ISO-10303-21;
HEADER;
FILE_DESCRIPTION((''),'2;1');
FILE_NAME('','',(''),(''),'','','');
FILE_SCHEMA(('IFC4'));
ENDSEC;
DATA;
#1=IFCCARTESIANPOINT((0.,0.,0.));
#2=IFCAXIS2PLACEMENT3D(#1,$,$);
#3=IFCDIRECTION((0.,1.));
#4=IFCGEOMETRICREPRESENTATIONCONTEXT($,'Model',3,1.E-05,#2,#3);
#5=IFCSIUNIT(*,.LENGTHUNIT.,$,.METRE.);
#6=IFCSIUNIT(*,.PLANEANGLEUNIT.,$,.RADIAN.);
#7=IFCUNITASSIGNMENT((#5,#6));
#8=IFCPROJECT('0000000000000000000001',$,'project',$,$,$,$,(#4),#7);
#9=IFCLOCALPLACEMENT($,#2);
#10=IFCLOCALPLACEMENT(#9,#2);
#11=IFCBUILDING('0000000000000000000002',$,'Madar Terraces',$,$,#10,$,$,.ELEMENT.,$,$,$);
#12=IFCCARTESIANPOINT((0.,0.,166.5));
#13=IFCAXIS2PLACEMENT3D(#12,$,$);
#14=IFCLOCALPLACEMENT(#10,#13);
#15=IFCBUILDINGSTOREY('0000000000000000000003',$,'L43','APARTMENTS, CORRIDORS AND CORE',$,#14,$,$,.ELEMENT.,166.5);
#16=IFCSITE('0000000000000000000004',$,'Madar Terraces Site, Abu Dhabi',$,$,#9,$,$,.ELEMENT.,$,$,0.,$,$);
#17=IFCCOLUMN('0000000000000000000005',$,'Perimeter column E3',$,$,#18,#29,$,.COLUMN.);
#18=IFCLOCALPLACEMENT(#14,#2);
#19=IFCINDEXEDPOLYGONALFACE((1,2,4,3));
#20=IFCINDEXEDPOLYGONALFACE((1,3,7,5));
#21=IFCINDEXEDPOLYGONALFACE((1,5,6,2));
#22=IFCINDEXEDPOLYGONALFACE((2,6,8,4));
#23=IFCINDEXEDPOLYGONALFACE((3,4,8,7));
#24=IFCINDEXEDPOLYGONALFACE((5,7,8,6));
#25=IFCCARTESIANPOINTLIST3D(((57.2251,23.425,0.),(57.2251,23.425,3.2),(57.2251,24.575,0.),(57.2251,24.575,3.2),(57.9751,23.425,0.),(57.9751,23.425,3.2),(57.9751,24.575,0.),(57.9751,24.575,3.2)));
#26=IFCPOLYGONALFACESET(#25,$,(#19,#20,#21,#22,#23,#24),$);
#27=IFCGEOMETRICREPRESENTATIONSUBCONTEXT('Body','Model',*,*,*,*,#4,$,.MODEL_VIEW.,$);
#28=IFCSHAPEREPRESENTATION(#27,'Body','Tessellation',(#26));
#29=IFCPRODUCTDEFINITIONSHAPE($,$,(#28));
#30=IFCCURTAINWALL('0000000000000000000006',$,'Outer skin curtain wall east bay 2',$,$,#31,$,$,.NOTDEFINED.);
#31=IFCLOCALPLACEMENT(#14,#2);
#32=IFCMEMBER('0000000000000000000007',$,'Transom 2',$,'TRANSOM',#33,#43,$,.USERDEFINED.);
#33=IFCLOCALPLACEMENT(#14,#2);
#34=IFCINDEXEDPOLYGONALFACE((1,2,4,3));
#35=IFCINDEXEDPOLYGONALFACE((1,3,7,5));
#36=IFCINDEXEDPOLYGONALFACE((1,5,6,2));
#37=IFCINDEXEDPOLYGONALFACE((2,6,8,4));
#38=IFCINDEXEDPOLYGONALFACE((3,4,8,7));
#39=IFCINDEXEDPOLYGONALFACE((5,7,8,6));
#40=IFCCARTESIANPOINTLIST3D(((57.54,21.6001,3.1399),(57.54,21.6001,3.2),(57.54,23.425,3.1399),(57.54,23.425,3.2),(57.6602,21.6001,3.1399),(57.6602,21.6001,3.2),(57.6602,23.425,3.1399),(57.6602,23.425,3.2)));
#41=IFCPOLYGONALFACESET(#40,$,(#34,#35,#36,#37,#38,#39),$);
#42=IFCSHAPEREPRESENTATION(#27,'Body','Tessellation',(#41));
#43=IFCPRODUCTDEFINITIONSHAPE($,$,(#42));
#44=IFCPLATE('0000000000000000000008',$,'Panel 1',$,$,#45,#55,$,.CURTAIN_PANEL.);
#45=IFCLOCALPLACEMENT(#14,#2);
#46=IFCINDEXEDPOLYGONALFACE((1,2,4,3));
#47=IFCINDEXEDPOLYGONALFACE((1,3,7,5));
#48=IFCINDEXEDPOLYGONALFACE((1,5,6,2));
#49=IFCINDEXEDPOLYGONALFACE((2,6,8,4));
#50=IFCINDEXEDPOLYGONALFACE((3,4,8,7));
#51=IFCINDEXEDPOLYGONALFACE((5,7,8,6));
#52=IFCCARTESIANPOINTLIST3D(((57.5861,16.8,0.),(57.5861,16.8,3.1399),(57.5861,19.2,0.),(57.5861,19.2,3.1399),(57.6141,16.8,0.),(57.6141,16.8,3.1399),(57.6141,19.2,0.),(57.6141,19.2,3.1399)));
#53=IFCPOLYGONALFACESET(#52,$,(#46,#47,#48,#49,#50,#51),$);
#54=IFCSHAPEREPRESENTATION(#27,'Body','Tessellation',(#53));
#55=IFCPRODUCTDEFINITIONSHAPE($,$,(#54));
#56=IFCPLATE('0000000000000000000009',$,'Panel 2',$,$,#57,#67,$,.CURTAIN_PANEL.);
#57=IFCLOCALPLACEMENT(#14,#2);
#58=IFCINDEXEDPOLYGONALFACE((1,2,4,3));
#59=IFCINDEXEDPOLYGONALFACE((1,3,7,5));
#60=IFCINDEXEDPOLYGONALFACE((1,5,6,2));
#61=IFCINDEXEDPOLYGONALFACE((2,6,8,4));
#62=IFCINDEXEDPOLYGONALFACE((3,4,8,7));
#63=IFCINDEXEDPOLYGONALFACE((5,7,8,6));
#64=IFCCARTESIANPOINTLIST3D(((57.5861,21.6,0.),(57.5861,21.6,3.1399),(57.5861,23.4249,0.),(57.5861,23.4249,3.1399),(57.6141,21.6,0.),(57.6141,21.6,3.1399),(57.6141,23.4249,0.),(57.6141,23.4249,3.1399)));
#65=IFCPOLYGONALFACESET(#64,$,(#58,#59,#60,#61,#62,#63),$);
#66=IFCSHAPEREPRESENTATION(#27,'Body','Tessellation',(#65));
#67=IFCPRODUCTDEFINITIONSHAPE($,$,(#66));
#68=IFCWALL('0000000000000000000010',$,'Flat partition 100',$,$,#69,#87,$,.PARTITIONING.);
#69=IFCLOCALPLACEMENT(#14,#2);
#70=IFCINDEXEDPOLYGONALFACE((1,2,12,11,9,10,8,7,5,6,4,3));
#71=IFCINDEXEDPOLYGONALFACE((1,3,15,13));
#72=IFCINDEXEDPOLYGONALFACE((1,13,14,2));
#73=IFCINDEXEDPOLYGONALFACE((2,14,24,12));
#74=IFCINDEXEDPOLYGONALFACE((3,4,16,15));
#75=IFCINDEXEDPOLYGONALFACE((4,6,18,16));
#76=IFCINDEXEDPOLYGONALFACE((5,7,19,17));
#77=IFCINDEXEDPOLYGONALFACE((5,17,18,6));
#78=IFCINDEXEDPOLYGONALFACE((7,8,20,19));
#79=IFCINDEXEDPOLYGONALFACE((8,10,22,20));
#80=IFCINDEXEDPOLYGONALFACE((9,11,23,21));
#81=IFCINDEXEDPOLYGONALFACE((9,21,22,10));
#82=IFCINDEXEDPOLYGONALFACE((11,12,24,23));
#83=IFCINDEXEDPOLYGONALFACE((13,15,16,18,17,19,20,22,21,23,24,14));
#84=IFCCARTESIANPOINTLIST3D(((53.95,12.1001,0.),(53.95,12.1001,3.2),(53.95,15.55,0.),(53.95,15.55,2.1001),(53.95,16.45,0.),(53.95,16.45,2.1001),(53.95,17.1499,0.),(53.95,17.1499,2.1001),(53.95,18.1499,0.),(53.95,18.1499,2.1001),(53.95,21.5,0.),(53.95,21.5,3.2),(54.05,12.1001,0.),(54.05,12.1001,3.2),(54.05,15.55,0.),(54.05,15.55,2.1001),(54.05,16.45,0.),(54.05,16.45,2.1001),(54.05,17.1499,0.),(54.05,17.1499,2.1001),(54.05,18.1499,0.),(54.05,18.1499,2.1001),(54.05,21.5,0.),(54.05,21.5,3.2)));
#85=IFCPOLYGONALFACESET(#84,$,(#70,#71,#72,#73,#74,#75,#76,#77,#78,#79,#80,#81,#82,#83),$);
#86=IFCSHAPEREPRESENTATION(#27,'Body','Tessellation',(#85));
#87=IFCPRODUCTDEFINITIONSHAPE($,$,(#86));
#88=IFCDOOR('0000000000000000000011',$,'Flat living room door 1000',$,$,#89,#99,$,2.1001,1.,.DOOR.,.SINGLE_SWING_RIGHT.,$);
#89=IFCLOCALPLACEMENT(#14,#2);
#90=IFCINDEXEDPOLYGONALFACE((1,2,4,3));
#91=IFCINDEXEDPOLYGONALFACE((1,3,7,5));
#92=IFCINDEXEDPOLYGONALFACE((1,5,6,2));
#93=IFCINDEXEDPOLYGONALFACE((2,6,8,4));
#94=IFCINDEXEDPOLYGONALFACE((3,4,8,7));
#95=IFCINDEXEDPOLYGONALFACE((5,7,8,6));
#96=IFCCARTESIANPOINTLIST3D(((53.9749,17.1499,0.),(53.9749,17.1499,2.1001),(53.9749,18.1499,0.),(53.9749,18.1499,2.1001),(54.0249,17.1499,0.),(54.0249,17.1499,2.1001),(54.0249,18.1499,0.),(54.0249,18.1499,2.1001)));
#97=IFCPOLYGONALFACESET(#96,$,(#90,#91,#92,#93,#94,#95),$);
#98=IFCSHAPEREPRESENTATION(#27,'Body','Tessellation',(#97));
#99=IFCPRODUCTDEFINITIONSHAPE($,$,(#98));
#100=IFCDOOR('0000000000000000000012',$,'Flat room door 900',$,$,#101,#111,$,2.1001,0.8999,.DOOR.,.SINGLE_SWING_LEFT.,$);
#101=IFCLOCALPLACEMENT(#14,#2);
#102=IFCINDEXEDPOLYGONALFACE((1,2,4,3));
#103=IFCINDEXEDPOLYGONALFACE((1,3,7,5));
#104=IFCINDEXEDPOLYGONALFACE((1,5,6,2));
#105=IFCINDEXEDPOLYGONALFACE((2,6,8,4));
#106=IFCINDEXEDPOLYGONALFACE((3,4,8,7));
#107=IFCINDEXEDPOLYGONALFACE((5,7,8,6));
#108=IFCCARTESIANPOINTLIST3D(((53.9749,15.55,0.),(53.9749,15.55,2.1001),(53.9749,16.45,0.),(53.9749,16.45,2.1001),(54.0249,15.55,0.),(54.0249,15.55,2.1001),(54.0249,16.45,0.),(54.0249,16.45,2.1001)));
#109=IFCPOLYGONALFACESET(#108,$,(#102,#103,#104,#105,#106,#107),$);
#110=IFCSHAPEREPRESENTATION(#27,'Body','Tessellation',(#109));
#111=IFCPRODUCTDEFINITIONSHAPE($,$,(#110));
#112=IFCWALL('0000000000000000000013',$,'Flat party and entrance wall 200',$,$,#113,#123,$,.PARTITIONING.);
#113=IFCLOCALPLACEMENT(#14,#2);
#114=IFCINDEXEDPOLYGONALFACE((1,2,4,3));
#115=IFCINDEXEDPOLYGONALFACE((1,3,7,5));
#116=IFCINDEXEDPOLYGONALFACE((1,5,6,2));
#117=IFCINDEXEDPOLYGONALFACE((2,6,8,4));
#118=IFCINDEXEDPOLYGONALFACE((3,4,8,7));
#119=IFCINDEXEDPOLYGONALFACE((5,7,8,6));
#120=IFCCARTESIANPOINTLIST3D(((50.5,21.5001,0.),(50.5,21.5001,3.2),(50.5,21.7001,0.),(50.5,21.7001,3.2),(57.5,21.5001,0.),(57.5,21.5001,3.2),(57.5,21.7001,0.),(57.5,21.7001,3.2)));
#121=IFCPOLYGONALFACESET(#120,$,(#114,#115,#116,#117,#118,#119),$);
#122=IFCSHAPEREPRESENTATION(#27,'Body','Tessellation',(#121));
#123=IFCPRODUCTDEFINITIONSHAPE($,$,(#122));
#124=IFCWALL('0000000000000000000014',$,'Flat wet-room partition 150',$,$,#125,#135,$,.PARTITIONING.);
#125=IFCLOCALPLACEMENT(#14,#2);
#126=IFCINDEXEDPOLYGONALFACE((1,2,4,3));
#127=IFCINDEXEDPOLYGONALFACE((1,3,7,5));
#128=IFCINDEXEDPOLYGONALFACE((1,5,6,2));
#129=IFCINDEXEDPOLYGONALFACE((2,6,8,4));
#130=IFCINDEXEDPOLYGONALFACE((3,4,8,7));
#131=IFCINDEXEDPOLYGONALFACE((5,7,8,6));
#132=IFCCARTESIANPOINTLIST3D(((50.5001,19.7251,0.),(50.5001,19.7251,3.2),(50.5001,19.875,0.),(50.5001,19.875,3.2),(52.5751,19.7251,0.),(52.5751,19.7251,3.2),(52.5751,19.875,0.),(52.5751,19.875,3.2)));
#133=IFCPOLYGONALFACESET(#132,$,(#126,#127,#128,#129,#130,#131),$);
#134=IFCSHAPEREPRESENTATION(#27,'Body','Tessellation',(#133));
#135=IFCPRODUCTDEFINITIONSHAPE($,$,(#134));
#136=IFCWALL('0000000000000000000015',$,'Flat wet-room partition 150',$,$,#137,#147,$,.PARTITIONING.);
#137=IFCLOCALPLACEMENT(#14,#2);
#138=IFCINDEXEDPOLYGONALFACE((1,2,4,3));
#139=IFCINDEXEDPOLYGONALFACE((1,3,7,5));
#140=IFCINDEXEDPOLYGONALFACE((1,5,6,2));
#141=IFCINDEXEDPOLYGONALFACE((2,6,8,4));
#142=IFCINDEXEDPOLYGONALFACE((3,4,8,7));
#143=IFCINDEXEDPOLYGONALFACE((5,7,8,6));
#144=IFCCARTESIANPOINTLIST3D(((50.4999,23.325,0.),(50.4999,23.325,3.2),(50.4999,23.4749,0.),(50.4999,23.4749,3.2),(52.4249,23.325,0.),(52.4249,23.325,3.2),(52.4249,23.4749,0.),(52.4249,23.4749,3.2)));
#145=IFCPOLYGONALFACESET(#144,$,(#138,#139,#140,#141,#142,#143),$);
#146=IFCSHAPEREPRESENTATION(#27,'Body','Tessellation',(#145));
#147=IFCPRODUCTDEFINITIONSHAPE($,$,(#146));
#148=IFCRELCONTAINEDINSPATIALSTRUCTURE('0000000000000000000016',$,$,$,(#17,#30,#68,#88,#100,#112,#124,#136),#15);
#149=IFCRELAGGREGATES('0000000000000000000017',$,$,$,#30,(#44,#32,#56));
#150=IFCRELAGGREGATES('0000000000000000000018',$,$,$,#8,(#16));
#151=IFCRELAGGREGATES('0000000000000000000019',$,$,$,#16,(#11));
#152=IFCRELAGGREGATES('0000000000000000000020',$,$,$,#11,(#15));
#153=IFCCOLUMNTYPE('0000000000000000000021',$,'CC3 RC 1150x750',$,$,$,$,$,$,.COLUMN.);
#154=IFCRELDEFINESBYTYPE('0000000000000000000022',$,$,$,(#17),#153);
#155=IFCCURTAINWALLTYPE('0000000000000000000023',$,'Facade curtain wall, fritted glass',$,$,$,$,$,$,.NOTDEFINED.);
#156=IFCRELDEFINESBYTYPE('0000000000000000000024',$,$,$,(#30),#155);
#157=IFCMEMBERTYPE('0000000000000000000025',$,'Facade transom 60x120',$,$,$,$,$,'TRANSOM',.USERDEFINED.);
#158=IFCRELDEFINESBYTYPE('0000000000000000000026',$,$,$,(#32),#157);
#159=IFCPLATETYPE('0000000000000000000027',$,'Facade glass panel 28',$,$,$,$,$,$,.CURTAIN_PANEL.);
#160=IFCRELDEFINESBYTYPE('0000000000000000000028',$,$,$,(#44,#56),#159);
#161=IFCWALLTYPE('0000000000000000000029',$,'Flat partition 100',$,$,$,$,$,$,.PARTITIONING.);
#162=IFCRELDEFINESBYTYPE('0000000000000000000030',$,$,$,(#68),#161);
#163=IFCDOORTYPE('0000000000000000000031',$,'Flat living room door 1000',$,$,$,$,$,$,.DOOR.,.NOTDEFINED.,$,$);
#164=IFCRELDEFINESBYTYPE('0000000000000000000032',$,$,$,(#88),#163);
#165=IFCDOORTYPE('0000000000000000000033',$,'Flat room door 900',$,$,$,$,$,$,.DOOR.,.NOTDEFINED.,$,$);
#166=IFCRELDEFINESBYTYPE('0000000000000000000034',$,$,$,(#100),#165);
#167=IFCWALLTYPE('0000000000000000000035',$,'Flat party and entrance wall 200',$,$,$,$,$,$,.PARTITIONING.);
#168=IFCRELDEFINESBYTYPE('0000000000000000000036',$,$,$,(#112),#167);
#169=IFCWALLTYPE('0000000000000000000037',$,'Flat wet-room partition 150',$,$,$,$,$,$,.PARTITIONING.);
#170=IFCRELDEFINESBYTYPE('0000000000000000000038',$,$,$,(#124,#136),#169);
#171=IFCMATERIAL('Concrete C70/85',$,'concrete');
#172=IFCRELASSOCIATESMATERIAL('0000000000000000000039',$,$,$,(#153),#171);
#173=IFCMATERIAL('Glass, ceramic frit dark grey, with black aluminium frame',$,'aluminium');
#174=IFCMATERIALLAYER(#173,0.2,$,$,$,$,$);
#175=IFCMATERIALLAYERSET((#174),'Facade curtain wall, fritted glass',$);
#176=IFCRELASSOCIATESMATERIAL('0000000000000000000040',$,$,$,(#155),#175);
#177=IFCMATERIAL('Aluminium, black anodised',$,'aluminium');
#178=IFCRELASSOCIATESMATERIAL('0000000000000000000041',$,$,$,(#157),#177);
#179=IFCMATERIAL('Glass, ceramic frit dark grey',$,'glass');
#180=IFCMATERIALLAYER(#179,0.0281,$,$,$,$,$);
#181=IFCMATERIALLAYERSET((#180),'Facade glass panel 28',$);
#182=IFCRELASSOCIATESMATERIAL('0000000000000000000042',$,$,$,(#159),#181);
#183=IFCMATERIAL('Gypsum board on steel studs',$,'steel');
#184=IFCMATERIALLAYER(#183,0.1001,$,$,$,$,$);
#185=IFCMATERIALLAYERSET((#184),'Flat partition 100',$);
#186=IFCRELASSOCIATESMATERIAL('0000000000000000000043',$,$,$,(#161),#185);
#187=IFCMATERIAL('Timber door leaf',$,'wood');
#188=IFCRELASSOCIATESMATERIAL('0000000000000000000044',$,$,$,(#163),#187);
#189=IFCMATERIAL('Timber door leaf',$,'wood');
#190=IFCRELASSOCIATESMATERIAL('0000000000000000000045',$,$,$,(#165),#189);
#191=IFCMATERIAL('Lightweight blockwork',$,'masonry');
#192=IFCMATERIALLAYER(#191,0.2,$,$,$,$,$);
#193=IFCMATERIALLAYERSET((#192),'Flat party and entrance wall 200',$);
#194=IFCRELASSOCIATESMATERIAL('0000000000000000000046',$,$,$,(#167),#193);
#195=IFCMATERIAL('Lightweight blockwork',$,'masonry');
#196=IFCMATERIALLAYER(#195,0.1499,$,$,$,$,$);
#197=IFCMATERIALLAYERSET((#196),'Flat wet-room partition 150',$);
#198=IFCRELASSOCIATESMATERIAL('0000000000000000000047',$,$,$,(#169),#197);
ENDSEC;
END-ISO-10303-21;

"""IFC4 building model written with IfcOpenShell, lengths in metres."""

from ifc_helpers import new_model, si_unit, direction, frame, frame_2d, origin, origin_2d, place, context, subcontext, project, spatial, rectangle, extrude, material, layer, layer_set, material_profile, profile_set, type_object, element, fill, aggregate, save


model = new_model("IFC4")

# Units and contexts
model_context = context("Model", 3, precision=1e-05, world=origin(), true_north=direction((0.0, 1.0)))
body_context = subcontext(model_context, "Body", "Model", "MODEL_VIEW")
ifc_project = project(units=[si_unit("LENGTHUNIT", "METRE"), si_unit("PLANEANGLEUNIT", "RADIAN")], contexts=[model_context])

# Site, building, storey
site_placement = place(None, origin())
site = spatial("IfcSite", under=ifc_project, at=site_placement, Name="Madar Terraces Site, Abu Dhabi", CompositionType="ELEMENT", RefElevation=0.0)
building_placement = place(site_placement, origin())
building = spatial("IfcBuilding", under=site, at=building_placement, Name="Madar Terraces", CompositionType="ELEMENT")
storey_placement = place(building_placement, frame((0.0, 0.0, 166.5)))
storey = spatial("IfcBuildingStorey", under=building, at=storey_placement, Name="L43", Description="APARTMENTS, CORRIDORS AND CORE", CompositionType="ELEMENT", Elevation=166.5)

# Column
ifc_material_1 = material(Name="Concrete C70/85", Category="concrete")
ifc_material_profile_1 = material_profile(ifc_material_1, rectangle(XDim=1.1499, YDim=0.75, at=origin_2d()), Name="CC3 RC 1150x750")
ifc_profile_set_1 = profile_set([ifc_material_profile_1], Name="Concrete C70/85")
column_type = type_object("IfcColumnType", Name="CC3 RC 1150x750", PredefinedType="COLUMN", material=ifc_profile_set_1)
column_placement = place(storey_placement, frame((57.6001, 24.0, 0.0), z_axis=(0.0, 0.0, 1.0), x_axis=(0.0, 1.0, 0.0)))
element("IfcColumn", 1, at=column_placement, inside=storey, type_object=column_type, Name="Perimeter column E3", PredefinedType="COLUMN", context=body_context, shape_type="SweptSolid", body=[
    extrude(rectangle(XDim=1.1499, YDim=0.75, at=origin_2d()), origin(), (0.0, 0.0, 1.0), 3.2),
])

# Curtain wall, member, plates
ifc_material_2 = material(Name="Glass, ceramic frit dark grey, with black aluminium frame", Category="aluminium")
ifc_layer_1 = layer(ifc_material_2, 0.2)
ifc_layer_set_1 = layer_set([ifc_layer_1], Name="Facade curtain wall, fritted glass")
curtain_wall_type = type_object("IfcCurtainWallType", Name="Facade curtain wall, fritted glass", PredefinedType="NOTDEFINED", material=ifc_layer_set_1)
curtain_wall_placement = place(storey_placement, origin())
curtain_wall = element("IfcCurtainWall", 2, at=curtain_wall_placement, inside=storey, type_object=curtain_wall_type, Name="Outer skin curtain wall east bay 2", PredefinedType="NOTDEFINED")
ifc_material_3 = material(Name="Aluminium, black anodised", Category="aluminium")
ifc_material_profile_2 = material_profile(ifc_material_3, rectangle(XDim=0.1201, YDim=0.0601, at=origin_2d()), Name="Facade transom 60x120")
ifc_profile_set_2 = profile_set([ifc_material_profile_2], Name="Aluminium, black anodised")
member_type = type_object("IfcMemberType", Name="Facade transom 60x120", ElementType="TRANSOM", PredefinedType="USERDEFINED", material=ifc_profile_set_2)
member_placement = place(storey_placement, frame((57.6001, 21.6001, 3.1699), z_axis=(0.0, 1.0, 0.0), x_axis=(-1.0, 0.0, 0.0)))
member = element("IfcMember", 3, at=member_placement, type_object=member_type, Name="Transom 2", ObjectType="TRANSOM", PredefinedType="USERDEFINED", context=body_context, shape_type="SweptSolid", body=[
    extrude(rectangle(XDim=0.1201, YDim=0.0601, at=origin_2d()), origin(), (0.0, 0.0, 1.0), 1.825),
])
ifc_material_4 = material(Name="Glass, ceramic frit dark grey", Category="glass")
ifc_layer_2 = layer(ifc_material_4, 0.0281)
ifc_layer_set_2 = layer_set([ifc_layer_2], Name="Facade glass panel 28")
plate_type = type_object("IfcPlateType", Name="Facade glass panel 28", PredefinedType="CURTAIN_PANEL", material=ifc_layer_set_2)
plate_1_placement = place(storey_placement, frame((57.6001, 18.0, 0.0), z_axis=(0.0, 0.0, 1.0), x_axis=(0.0, 1.0, 0.0)))
plate_1 = element("IfcPlate", 4, at=plate_1_placement, type_object=plate_type, Name="Panel 1", PredefinedType="CURTAIN_PANEL", context=body_context, shape_type="SweptSolid", body=[
    extrude(rectangle(XDim=2.3999, YDim=0.0281, at=origin_2d()), origin(), (0.0, 0.0, 1.0), 3.1399),
])
plate_2_placement = place(storey_placement, frame((57.6001, 22.5125, 0.0), z_axis=(0.0, 0.0, 1.0), x_axis=(0.0, 1.0, 0.0)))
plate_2 = element("IfcPlate", 5, at=plate_2_placement, type_object=plate_type, Name="Panel 2", PredefinedType="CURTAIN_PANEL", context=body_context, shape_type="SweptSolid", body=[
    extrude(rectangle(XDim=1.825, YDim=0.0281, at=origin_2d()), origin(), (0.0, 0.0, 1.0), 3.1399),
])
aggregate(curtain_wall, [plate_1, member, plate_2])

# Wall, openings, doors
ifc_material_5 = material(Name="Gypsum board on steel studs", Category="steel")
ifc_layer_3 = layer(ifc_material_5, 0.1001)
ifc_layer_set_3 = layer_set([ifc_layer_3], Name="Flat partition 100")
wall_type_1 = type_object("IfcWallType", Name="Flat partition 100", PredefinedType="PARTITIONING", material=ifc_layer_set_3)
wall_1_placement = place(storey_placement, frame((54.0, 21.5, 0.0), z_axis=(0.0, 0.0, 1.0), x_axis=(0.0, -1.0, 0.0)))
wall_1 = element("IfcWall", 6, at=wall_1_placement, inside=storey, type_object=wall_type_1, Name="Flat partition 100", PredefinedType="PARTITIONING", context=body_context, shape_type="SweptSolid", body=[
    extrude(rectangle(XDim=9.3999, YDim=0.1001, at=frame_2d((4.7, 0.0))), origin(), (0.0, 0.0, 1.0), 3.2),
])
opening_1_placement = place(wall_1_placement, frame((3.3501, 0.0, 0.0)))
opening_1 = element("IfcOpeningElement", 7, at=opening_1_placement, cuts=wall_1, PredefinedType="OPENING", context=body_context, shape_type="SweptSolid", body=[
    extrude(rectangle(XDim=1.0, YDim=2.1001, at=frame_2d((0.5, 1.05))), frame((0.0, 0.0601, 0.0), z_axis=(0.0, -1.0, 0.0), x_axis=(1.0, 0.0, 0.0)), (0.0, 0.0, 1.0), 0.1201),
])
opening_2_placement = place(wall_1_placement, frame((5.05, 0.0, 0.0)))
opening_2 = element("IfcOpeningElement", 8, at=opening_2_placement, cuts=wall_1, PredefinedType="OPENING", context=body_context, shape_type="SweptSolid", body=[
    extrude(rectangle(XDim=0.8999, YDim=2.1001, at=frame_2d((0.45, 1.05))), frame((0.0, 0.0601, 0.0), z_axis=(0.0, -1.0, 0.0), x_axis=(1.0, 0.0, 0.0)), (0.0, 0.0, 1.0), 0.1201),
])
ifc_material_6 = material(Name="Timber door leaf", Category="wood")
door_type_1 = type_object("IfcDoorType", Name="Flat living room door 1000", OperationType="NOTDEFINED", PredefinedType="DOOR", material=ifc_material_6)
door_1_placement = place(opening_1_placement, origin())
door_1 = element("IfcDoor", 9, at=door_1_placement, inside=storey, type_object=door_type_1, Name="Flat living room door 1000", OperationType="SINGLE_SWING_RIGHT", OverallHeight=2.1001, OverallWidth=1.0, PredefinedType="DOOR", context=body_context, shape_type="SweptSolid", body=[
    extrude(rectangle(XDim=1.0, YDim=2.1001, at=frame_2d((0.5, 1.05))), frame((0.0, 0.0249, 0.0), z_axis=(0.0, -1.0, 0.0), x_axis=(1.0, 0.0, 0.0)), (0.0, 0.0, 1.0), 0.05),
])
fill(opening_1, door_1)
ifc_material_7 = material(Name="Timber door leaf", Category="wood")
door_type_2 = type_object("IfcDoorType", Name="Flat room door 900", OperationType="NOTDEFINED", PredefinedType="DOOR", material=ifc_material_7)
door_2_placement = place(opening_2_placement, origin())
door_2 = element("IfcDoor", 10, at=door_2_placement, inside=storey, type_object=door_type_2, Name="Flat room door 900", OperationType="SINGLE_SWING_LEFT", OverallHeight=2.1001, OverallWidth=0.8999, PredefinedType="DOOR", context=body_context, shape_type="SweptSolid", body=[
    extrude(rectangle(XDim=0.8999, YDim=2.1001, at=frame_2d((0.45, 1.05))), frame((0.0, 0.0249, 0.0), z_axis=(0.0, -1.0, 0.0), x_axis=(1.0, 0.0, 0.0)), (0.0, 0.0, 1.0), 0.05),
])
fill(opening_2, door_2)

# Walls
ifc_material_8 = material(Name="Lightweight blockwork", Category="masonry")
ifc_layer_4 = layer(ifc_material_8, 0.2)
ifc_layer_set_4 = layer_set([ifc_layer_4], Name="Flat party and entrance wall 200")
wall_type_2 = type_object("IfcWallType", Name="Flat party and entrance wall 200", PredefinedType="PARTITIONING", material=ifc_layer_set_4)
wall_2_placement = place(storey_placement, frame((50.5, 21.6001, 0.0), z_axis=(0.0, 0.0, 1.0), x_axis=(1.0, 0.0, 0.0)))
element("IfcWall", 11, at=wall_2_placement, inside=storey, type_object=wall_type_2, Name="Flat party and entrance wall 200", PredefinedType="PARTITIONING", context=body_context, shape_type="SweptSolid", body=[
    extrude(rectangle(XDim=7.0, YDim=0.2, at=frame_2d((3.5, 0.0))), origin(), (0.0, 0.0, 1.0), 3.2),
])
ifc_material_9 = material(Name="Lightweight blockwork", Category="masonry")
ifc_layer_5 = layer(ifc_material_9, 0.1499)
ifc_layer_set_5 = layer_set([ifc_layer_5], Name="Flat wet-room partition 150")
wall_type_3 = type_object("IfcWallType", Name="Flat wet-room partition 150", PredefinedType="PARTITIONING", material=ifc_layer_set_5)
wall_3_placement = place(storey_placement, frame((50.5, 19.8, 0.0), z_axis=(0.0, 0.0, 1.0), x_axis=(1.0, 0.0, 0.0)))
element("IfcWall", 12, at=wall_3_placement, inside=storey, type_object=wall_type_3, Name="Flat wet-room partition 150", PredefinedType="PARTITIONING", context=body_context, shape_type="SweptSolid", body=[
    extrude(rectangle(XDim=2.075, YDim=0.1499, at=frame_2d((1.0376, 0.0))), origin(), (0.0, 0.0, 1.0), 3.2),
])
wall_4_placement = place(storey_placement, frame((50.5, 23.3999, 0.0), z_axis=(0.0, 0.0, 1.0), x_axis=(1.0, 0.0, 0.0)))
element("IfcWall", 13, at=wall_4_placement, inside=storey, type_object=wall_type_3, Name="Flat wet-room partition 150", PredefinedType="PARTITIONING", context=body_context, shape_type="SweptSolid", body=[
    extrude(rectangle(XDim=1.925, YDim=0.1499, at=frame_2d((0.9624, 0.0))), origin(), (0.0, 0.0, 1.0), 3.2),
])

save(model, "model.ifc")
